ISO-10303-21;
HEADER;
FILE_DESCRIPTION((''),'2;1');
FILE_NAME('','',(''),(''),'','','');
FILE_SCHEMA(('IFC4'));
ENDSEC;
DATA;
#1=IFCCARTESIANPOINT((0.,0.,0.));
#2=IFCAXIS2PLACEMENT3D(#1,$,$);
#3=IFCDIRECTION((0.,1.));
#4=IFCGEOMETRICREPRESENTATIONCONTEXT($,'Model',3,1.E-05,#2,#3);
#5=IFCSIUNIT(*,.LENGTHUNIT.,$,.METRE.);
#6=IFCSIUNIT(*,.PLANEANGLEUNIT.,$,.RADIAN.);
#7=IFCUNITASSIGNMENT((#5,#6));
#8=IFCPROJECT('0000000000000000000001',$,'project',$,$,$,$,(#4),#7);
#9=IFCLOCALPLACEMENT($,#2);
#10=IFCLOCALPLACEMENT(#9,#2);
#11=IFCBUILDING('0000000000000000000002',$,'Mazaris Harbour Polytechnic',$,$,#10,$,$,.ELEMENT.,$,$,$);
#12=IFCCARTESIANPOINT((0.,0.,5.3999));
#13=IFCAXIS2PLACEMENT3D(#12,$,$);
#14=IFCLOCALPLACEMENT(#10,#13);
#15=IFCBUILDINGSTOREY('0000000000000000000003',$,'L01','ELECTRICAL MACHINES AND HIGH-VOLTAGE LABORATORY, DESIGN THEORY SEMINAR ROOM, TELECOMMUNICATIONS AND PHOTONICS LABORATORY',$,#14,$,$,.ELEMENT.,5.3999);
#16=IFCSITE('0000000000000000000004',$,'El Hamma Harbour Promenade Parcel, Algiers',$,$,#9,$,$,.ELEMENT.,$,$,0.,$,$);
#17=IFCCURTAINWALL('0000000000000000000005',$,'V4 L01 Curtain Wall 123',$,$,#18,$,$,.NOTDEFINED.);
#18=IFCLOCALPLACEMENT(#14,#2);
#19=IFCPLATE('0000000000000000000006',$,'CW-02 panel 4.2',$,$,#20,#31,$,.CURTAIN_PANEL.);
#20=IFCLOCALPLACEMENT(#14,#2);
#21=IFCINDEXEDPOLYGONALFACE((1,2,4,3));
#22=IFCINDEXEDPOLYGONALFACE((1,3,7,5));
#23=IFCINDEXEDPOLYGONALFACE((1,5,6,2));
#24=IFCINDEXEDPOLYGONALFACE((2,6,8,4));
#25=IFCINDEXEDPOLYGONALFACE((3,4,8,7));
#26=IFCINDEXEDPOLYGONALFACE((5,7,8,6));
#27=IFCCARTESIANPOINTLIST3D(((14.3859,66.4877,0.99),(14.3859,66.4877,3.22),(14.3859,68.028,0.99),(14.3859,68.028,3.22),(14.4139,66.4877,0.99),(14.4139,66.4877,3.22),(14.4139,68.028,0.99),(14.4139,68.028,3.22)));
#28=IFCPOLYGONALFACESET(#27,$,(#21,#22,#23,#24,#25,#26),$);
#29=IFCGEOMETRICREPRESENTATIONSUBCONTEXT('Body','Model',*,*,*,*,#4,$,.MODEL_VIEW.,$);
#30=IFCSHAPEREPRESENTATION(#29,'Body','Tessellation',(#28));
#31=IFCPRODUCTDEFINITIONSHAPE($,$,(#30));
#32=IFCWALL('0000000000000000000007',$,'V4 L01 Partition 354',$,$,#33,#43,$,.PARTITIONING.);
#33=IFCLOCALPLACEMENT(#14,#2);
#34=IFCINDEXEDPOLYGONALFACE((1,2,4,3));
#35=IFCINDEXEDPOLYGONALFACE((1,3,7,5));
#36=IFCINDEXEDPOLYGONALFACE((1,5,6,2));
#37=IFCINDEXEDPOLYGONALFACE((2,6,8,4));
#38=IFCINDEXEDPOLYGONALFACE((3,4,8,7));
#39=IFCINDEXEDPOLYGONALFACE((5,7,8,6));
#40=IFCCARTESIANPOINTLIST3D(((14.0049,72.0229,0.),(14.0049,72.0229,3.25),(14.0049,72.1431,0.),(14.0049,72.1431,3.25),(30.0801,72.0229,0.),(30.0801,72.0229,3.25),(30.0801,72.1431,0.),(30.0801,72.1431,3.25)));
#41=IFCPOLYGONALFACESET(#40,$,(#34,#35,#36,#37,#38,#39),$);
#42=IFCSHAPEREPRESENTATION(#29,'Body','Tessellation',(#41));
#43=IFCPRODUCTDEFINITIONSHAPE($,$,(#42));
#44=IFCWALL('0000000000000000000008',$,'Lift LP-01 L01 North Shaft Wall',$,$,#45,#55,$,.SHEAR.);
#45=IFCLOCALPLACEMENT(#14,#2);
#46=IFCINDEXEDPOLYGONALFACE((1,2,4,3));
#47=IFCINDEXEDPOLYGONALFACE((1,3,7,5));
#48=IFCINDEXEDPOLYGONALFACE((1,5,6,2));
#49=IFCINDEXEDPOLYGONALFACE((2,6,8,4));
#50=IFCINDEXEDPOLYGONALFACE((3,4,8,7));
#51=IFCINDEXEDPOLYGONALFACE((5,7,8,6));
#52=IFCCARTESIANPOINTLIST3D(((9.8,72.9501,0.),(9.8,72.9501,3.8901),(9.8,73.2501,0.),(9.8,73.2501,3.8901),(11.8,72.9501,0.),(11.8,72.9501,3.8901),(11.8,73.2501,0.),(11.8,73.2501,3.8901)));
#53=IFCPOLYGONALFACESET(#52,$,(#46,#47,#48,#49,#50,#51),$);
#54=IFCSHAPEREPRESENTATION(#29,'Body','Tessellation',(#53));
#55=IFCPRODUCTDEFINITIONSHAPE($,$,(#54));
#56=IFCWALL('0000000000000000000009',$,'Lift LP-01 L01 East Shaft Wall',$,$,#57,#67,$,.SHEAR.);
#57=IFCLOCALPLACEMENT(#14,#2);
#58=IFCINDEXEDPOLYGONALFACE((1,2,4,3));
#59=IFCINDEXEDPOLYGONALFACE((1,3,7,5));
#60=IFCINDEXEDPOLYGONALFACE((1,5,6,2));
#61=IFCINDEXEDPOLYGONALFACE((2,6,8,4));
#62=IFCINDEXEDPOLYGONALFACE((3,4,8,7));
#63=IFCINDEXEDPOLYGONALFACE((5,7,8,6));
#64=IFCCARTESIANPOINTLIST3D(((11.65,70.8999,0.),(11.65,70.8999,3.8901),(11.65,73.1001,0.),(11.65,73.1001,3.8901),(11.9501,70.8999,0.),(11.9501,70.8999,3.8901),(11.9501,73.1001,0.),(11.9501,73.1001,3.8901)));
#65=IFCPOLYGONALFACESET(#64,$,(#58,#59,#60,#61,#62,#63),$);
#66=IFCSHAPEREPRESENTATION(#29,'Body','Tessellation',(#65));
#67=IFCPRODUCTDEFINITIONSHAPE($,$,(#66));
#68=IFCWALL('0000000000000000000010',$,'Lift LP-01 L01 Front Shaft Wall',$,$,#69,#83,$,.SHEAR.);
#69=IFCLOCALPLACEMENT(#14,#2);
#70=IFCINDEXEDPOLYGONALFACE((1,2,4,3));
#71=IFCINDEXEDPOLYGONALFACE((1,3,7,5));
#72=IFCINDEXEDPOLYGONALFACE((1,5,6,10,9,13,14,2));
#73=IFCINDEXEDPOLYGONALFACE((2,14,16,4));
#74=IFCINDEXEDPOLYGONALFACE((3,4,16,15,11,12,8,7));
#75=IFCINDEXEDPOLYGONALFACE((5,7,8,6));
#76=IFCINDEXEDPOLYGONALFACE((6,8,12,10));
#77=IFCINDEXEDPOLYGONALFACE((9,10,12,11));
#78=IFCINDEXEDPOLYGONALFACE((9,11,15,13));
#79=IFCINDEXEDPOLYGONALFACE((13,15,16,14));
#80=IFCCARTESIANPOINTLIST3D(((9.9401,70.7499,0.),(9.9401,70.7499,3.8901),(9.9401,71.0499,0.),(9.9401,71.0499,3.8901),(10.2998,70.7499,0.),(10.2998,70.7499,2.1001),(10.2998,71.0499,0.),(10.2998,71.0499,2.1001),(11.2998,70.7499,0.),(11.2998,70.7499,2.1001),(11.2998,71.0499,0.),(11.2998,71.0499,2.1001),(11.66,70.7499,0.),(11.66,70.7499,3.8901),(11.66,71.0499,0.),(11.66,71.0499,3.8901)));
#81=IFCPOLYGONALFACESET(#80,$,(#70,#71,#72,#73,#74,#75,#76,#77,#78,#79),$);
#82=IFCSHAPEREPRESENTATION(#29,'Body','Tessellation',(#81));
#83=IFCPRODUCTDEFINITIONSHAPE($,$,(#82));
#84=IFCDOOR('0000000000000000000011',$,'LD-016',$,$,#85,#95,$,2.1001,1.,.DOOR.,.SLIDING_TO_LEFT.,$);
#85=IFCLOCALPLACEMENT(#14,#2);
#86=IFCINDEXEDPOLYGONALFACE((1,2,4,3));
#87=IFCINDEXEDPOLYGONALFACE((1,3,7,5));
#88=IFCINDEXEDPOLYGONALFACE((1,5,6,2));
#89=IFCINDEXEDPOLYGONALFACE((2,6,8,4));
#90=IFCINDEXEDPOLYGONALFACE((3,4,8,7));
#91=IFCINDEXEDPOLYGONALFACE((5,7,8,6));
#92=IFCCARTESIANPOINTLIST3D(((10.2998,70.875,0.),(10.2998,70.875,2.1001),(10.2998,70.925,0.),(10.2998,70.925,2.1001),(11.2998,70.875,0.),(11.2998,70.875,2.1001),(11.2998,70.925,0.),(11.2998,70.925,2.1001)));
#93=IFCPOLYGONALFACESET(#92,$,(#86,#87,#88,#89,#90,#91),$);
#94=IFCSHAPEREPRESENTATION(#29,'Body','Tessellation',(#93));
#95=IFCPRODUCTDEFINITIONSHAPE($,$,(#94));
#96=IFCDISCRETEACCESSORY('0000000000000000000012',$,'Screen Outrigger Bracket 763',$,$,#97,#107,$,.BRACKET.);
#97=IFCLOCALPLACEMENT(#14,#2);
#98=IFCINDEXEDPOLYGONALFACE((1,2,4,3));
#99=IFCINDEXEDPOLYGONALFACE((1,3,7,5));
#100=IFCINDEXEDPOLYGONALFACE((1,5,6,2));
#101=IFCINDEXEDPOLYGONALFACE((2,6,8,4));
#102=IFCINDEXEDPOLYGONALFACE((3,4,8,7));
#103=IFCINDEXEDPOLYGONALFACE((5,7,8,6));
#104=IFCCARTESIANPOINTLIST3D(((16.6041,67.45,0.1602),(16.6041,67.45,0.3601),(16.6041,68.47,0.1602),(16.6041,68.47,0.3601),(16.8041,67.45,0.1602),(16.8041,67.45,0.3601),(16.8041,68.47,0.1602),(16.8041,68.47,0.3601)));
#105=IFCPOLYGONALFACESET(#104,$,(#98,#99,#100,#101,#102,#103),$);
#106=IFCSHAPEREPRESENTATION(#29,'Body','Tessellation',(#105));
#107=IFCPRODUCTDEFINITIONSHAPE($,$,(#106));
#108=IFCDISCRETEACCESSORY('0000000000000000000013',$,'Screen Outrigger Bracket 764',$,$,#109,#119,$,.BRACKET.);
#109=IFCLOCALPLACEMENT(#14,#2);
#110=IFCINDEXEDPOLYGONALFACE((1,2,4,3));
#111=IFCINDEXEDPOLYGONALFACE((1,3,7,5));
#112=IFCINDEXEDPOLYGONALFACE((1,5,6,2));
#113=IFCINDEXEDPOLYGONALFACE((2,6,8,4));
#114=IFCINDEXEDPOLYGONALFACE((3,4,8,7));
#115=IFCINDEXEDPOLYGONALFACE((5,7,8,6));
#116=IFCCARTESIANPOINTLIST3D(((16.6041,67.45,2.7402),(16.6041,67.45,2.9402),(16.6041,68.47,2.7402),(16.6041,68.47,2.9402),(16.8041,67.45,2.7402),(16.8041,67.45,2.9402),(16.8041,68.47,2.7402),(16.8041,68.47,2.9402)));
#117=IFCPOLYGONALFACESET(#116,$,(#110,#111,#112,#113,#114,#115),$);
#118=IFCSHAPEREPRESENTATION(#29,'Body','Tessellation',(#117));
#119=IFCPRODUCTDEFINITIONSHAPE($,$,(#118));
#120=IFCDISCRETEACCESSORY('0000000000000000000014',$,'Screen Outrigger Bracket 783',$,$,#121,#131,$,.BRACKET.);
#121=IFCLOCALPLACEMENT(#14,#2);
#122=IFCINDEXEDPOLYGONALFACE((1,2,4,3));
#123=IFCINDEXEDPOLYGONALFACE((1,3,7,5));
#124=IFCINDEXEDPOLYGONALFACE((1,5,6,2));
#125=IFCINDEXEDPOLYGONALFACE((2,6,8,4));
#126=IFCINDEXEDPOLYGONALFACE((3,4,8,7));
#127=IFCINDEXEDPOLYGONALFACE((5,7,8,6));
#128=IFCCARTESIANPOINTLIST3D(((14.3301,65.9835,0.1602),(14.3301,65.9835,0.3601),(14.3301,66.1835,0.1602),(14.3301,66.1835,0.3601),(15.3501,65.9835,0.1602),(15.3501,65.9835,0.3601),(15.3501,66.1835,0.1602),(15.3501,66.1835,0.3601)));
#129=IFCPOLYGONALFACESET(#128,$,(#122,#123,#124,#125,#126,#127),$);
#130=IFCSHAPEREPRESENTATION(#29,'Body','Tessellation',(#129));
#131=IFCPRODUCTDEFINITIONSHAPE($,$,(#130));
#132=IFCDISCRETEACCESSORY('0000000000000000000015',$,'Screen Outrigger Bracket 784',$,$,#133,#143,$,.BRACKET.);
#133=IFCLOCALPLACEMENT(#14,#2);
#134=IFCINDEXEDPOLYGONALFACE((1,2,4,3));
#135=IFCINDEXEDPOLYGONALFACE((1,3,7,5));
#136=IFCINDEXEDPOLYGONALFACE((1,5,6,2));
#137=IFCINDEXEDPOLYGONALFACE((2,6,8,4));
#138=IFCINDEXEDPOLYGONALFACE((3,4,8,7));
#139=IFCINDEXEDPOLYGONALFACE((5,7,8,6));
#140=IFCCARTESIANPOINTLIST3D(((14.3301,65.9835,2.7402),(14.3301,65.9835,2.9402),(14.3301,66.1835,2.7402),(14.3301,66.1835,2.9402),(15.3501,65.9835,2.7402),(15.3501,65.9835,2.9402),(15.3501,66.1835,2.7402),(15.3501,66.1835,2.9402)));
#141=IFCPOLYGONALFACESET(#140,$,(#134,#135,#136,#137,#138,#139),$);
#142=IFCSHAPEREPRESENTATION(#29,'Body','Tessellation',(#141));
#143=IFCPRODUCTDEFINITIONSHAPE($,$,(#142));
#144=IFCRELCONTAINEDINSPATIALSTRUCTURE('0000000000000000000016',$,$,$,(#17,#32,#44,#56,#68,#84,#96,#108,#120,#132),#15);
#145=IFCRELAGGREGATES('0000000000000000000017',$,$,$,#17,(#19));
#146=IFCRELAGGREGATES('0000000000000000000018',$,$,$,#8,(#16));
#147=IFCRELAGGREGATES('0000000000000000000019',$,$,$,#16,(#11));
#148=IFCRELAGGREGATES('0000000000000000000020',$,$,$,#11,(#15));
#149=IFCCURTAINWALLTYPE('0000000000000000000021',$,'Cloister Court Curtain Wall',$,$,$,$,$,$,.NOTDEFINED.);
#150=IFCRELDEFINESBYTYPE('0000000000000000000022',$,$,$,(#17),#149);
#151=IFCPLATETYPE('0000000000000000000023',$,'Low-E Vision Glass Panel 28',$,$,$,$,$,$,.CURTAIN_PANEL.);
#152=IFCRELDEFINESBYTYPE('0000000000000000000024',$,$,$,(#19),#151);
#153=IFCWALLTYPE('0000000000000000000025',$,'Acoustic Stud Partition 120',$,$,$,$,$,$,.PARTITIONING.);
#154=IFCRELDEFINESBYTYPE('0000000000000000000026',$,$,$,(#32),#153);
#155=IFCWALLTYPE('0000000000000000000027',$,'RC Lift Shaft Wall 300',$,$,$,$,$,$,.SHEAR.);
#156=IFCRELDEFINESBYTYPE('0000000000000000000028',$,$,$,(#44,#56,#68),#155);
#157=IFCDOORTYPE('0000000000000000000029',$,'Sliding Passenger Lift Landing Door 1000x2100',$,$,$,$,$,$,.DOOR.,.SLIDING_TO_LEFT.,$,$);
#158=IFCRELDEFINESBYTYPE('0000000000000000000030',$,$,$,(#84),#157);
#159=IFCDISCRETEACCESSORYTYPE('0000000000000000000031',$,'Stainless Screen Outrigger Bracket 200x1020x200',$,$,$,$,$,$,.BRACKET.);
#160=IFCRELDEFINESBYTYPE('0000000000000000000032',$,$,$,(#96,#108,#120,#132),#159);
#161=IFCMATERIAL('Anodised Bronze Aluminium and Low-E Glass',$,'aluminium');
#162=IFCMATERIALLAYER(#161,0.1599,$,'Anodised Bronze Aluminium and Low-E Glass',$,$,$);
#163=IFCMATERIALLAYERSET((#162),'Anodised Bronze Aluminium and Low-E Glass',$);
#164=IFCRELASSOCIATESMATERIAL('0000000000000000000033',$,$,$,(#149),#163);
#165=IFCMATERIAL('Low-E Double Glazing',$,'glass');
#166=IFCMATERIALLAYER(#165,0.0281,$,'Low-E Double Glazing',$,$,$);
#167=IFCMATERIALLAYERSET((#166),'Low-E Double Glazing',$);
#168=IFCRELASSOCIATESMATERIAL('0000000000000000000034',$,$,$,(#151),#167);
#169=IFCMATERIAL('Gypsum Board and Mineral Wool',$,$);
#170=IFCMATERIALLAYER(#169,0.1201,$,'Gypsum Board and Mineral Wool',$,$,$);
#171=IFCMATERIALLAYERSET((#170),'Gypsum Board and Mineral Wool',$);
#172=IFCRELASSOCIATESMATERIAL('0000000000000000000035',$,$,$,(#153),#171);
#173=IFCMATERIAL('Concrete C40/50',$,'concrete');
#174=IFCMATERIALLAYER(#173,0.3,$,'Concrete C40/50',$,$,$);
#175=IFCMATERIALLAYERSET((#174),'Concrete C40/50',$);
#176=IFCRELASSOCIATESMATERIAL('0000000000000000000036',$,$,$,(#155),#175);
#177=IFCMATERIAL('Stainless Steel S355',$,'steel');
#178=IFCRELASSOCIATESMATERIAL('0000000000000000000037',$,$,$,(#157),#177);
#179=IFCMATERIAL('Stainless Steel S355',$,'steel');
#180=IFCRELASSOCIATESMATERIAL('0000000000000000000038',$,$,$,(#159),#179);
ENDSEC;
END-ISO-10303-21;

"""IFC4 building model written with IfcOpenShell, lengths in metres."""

from ifc_helpers import new_model, si_unit, direction, frame, frame_2d, origin, origin_2d, place, context, subcontext, project, spatial, rectangle, extrude, material, layer, layer_set, type_object, element, fill, aggregate, save


model = new_model("IFC4")

# Units and contexts
model_context = context("Model", 3, precision=1e-05, world=origin(), true_north=direction((0.0, 1.0)))
body_context = subcontext(model_context, "Body", "Model", "MODEL_VIEW")
ifc_project = project(units=[si_unit("LENGTHUNIT", "METRE"), si_unit("PLANEANGLEUNIT", "RADIAN")], contexts=[model_context])

# Site, building, storey
site_placement = place(None, origin())
site = spatial("IfcSite", under=ifc_project, at=site_placement, Name="El Hamma Harbour Promenade Parcel, Algiers", CompositionType="ELEMENT", RefElevation=0.0)
building_placement = place(site_placement, origin())
building = spatial("IfcBuilding", under=site, at=building_placement, Name="Mazaris Harbour Polytechnic", CompositionType="ELEMENT")
storey_placement = place(building_placement, frame((0.0, 0.0, 5.3999)))
storey = spatial("IfcBuildingStorey", under=building, at=storey_placement, Name="L01", Description="ELECTRICAL MACHINES AND HIGH-VOLTAGE LABORATORY, DESIGN THEORY SEMINAR ROOM, TELECOMMUNICATIONS AND PHOTONICS LABORATORY", CompositionType="ELEMENT", Elevation=5.3999)

# Curtain wall
ifc_material_1 = material(Name="Anodised Bronze Aluminium and Low-E Glass", Category="aluminium")
ifc_layer_1 = layer(ifc_material_1, 0.1599, Name="Anodised Bronze Aluminium and Low-E Glass")
ifc_layer_set_1 = layer_set([ifc_layer_1], Name="Anodised Bronze Aluminium and Low-E Glass")
curtain_wall_type = type_object("IfcCurtainWallType", Name="Cloister Court Curtain Wall", PredefinedType="NOTDEFINED", material=ifc_layer_set_1)
curtain_wall_1_placement = place(storey_placement, origin())
curtain_wall_1 = element("IfcCurtainWall", 1, at=curtain_wall_1_placement, inside=storey, type_object=curtain_wall_type, Name="V4 L01 Curtain Wall 123", PredefinedType="NOTDEFINED")

# Plate
ifc_material_2 = material(Name="Low-E Double Glazing", Category="glass")
ifc_layer_2 = layer(ifc_material_2, 0.0281, Name="Low-E Double Glazing")
ifc_layer_set_2 = layer_set([ifc_layer_2], Name="Low-E Double Glazing")
plate_type = type_object("IfcPlateType", Name="Low-E Vision Glass Panel 28", PredefinedType="CURTAIN_PANEL", material=ifc_layer_set_2)
plate_1_placement = place(storey_placement, frame((14.3999, 67.2578, 0.99), z_axis=(0.0, 0.0, 1.0), x_axis=(0.0, 1.0, 0.0)))
plate_1 = element("IfcPlate", 2, at=plate_1_placement, type_object=plate_type, Name="CW-02 panel 4.2", PredefinedType="CURTAIN_PANEL", context=body_context, shape_type="SweptSolid", body=[
    extrude(rectangle(XDim=1.5403, YDim=0.0281, at=origin_2d()), origin(), (0.0, 0.0, 1.0), 2.23),
])
aggregate(curtain_wall_1, [plate_1])

# Walls
ifc_material_3 = material(Name="Gypsum Board and Mineral Wool")
ifc_layer_3 = layer(ifc_material_3, 0.1201, Name="Gypsum Board and Mineral Wool")
ifc_layer_set_3 = layer_set([ifc_layer_3], Name="Gypsum Board and Mineral Wool")
wall_type_1 = type_object("IfcWallType", Name="Acoustic Stud Partition 120", PredefinedType="PARTITIONING", material=ifc_layer_set_3)
wall_1_placement = place(storey_placement, frame((14.0049, 72.083, 0.0), z_axis=(0.0, 0.0, 1.0), x_axis=(1.0, 0.0, 0.0)))
element("IfcWall", 3, at=wall_1_placement, inside=storey, type_object=wall_type_1, Name="V4 L01 Partition 354", PredefinedType="PARTITIONING", context=body_context, shape_type="SweptSolid", body=[
    extrude(rectangle(XDim=16.0752, YDim=0.1201, at=frame_2d((8.0376, 0.0))), origin(), (0.0, 0.0, 1.0), 3.25),
])
ifc_material_4 = material(Name="Concrete C40/50", Category="concrete")
ifc_layer_4 = layer(ifc_material_4, 0.3, Name="Concrete C40/50")
ifc_layer_set_4 = layer_set([ifc_layer_4], Name="Concrete C40/50")
wall_type_2 = type_object("IfcWallType", Name="RC Lift Shaft Wall 300", PredefinedType="SHEAR", material=ifc_layer_set_4)
wall_2_placement = place(storey_placement, frame((11.8, 73.1001, 0.0), z_axis=(0.0, 0.0, 1.0), x_axis=(-1.0, 0.0, 0.0)))
element("IfcWall", 4, at=wall_2_placement, inside=storey, type_object=wall_type_2, Name="Lift LP-01 L01 North Shaft Wall", PredefinedType="SHEAR", context=body_context, shape_type="SweptSolid", body=[
    extrude(rectangle(XDim=2.0, YDim=0.3, at=frame_2d((1.0, 0.0))), origin(), (0.0, 0.0, 1.0), 3.8901),
])
wall_3_placement = place(storey_placement, frame((11.8, 70.8999, 0.0), z_axis=(0.0, 0.0, 1.0), x_axis=(0.0, 1.0, 0.0)))
element("IfcWall", 5, at=wall_3_placement, inside=storey, type_object=wall_type_2, Name="Lift LP-01 L01 East Shaft Wall", PredefinedType="SHEAR", context=body_context, shape_type="SweptSolid", body=[
    extrude(rectangle(XDim=2.2002, YDim=0.3, at=frame_2d((1.1001, 0.0))), origin(), (0.0, 0.0, 1.0), 3.8901),
])

# Wall, opening, door
wall_4_placement = place(storey_placement, frame((11.6599, 70.8999, 0.0), z_axis=(0.0, 0.0, 1.0), x_axis=(-1.0, 0.0, 0.0)))
wall_4 = element("IfcWall", 6, at=wall_4_placement, inside=storey, type_object=wall_type_2, Name="Lift LP-01 L01 Front Shaft Wall", PredefinedType="SHEAR", context=body_context, shape_type="SweptSolid", body=[
    extrude(rectangle(XDim=1.72, YDim=0.3, at=frame_2d((0.8599, 0.0))), origin(), (0.0, 0.0, 1.0), 3.8901),
])
opening_placement = place(wall_4_placement, frame((0.3601, 0.0, 0.0)))
opening = element("IfcOpeningElement", 7, at=opening_placement, cuts=wall_4, PredefinedType="OPENING", context=body_context, shape_type="SweptSolid", body=[
    extrude(rectangle(XDim=1.0, YDim=2.1001, at=frame_2d((0.5, 1.05))), frame((0.0, 0.1599, 0.0), z_axis=(0.0, -1.0, 0.0), x_axis=(1.0, 0.0, 0.0)), (0.0, 0.0, 1.0), 0.3201),
])
ifc_material_5 = material(Name="Stainless Steel S355", Category="steel")
door_type = type_object("IfcDoorType", Name="Sliding Passenger Lift Landing Door 1000x2100", OperationType="SLIDING_TO_LEFT", PredefinedType="DOOR", material=ifc_material_5)
door_placement = place(opening_placement, origin())
door = element("IfcDoor", 8, at=door_placement, inside=storey, type_object=door_type, Name="LD-016", OperationType="SLIDING_TO_LEFT", OverallHeight=2.1001, OverallWidth=1.0, PredefinedType="DOOR", context=body_context, shape_type="SweptSolid", body=[
    extrude(rectangle(XDim=1.0, YDim=2.1001, at=frame_2d((0.5, 1.05))), frame((0.0, 0.0249, 0.0), z_axis=(0.0, -1.0, 0.0), x_axis=(1.0, 0.0, 0.0)), (0.0, 0.0, 1.0), 0.05),
])
fill(opening, door)

# Discrete accessories
ifc_material_6 = material(Name="Stainless Steel S355", Category="steel")
discrete_accessory_type = type_object("IfcDiscreteAccessoryType", Name="Stainless Screen Outrigger Bracket 200x1020x200", PredefinedType="BRACKET", material=ifc_material_6)
for number, where, z_axis, x_axis, name in (
    (9, (16.7041, 67.96, 0.1602), (0.0, 0.0, 1.0), (-1.0, 0.0, 0.0), "Screen Outrigger Bracket 763"),
    (10, (16.7041, 67.96, 2.7402), (0.0, 0.0, 1.0), (-1.0, 0.0, 0.0), "Screen Outrigger Bracket 764"),
    (11, (14.8401, 66.0835, 0.1602), (0.0, 0.0, 1.0), (0.0, 1.0, 0.0), "Screen Outrigger Bracket 783"),
    (12, (14.8401, 66.0835, 2.7402), (0.0, 0.0, 1.0), (0.0, 1.0, 0.0), "Screen Outrigger Bracket 784"),
):
    element("IfcDiscreteAccessory", number, at=place(storey_placement, frame(where, z_axis=z_axis, x_axis=x_axis)), inside=storey, type_object=discrete_accessory_type, Name=name, PredefinedType="BRACKET", context=body_context, shape_type="SweptSolid", body=[
        extrude(rectangle(XDim=0.2, YDim=1.02, at=origin_2d()), origin(), (0.0, 0.0, 1.0), 0.2),
    ])

save(model, "model.ifc")
